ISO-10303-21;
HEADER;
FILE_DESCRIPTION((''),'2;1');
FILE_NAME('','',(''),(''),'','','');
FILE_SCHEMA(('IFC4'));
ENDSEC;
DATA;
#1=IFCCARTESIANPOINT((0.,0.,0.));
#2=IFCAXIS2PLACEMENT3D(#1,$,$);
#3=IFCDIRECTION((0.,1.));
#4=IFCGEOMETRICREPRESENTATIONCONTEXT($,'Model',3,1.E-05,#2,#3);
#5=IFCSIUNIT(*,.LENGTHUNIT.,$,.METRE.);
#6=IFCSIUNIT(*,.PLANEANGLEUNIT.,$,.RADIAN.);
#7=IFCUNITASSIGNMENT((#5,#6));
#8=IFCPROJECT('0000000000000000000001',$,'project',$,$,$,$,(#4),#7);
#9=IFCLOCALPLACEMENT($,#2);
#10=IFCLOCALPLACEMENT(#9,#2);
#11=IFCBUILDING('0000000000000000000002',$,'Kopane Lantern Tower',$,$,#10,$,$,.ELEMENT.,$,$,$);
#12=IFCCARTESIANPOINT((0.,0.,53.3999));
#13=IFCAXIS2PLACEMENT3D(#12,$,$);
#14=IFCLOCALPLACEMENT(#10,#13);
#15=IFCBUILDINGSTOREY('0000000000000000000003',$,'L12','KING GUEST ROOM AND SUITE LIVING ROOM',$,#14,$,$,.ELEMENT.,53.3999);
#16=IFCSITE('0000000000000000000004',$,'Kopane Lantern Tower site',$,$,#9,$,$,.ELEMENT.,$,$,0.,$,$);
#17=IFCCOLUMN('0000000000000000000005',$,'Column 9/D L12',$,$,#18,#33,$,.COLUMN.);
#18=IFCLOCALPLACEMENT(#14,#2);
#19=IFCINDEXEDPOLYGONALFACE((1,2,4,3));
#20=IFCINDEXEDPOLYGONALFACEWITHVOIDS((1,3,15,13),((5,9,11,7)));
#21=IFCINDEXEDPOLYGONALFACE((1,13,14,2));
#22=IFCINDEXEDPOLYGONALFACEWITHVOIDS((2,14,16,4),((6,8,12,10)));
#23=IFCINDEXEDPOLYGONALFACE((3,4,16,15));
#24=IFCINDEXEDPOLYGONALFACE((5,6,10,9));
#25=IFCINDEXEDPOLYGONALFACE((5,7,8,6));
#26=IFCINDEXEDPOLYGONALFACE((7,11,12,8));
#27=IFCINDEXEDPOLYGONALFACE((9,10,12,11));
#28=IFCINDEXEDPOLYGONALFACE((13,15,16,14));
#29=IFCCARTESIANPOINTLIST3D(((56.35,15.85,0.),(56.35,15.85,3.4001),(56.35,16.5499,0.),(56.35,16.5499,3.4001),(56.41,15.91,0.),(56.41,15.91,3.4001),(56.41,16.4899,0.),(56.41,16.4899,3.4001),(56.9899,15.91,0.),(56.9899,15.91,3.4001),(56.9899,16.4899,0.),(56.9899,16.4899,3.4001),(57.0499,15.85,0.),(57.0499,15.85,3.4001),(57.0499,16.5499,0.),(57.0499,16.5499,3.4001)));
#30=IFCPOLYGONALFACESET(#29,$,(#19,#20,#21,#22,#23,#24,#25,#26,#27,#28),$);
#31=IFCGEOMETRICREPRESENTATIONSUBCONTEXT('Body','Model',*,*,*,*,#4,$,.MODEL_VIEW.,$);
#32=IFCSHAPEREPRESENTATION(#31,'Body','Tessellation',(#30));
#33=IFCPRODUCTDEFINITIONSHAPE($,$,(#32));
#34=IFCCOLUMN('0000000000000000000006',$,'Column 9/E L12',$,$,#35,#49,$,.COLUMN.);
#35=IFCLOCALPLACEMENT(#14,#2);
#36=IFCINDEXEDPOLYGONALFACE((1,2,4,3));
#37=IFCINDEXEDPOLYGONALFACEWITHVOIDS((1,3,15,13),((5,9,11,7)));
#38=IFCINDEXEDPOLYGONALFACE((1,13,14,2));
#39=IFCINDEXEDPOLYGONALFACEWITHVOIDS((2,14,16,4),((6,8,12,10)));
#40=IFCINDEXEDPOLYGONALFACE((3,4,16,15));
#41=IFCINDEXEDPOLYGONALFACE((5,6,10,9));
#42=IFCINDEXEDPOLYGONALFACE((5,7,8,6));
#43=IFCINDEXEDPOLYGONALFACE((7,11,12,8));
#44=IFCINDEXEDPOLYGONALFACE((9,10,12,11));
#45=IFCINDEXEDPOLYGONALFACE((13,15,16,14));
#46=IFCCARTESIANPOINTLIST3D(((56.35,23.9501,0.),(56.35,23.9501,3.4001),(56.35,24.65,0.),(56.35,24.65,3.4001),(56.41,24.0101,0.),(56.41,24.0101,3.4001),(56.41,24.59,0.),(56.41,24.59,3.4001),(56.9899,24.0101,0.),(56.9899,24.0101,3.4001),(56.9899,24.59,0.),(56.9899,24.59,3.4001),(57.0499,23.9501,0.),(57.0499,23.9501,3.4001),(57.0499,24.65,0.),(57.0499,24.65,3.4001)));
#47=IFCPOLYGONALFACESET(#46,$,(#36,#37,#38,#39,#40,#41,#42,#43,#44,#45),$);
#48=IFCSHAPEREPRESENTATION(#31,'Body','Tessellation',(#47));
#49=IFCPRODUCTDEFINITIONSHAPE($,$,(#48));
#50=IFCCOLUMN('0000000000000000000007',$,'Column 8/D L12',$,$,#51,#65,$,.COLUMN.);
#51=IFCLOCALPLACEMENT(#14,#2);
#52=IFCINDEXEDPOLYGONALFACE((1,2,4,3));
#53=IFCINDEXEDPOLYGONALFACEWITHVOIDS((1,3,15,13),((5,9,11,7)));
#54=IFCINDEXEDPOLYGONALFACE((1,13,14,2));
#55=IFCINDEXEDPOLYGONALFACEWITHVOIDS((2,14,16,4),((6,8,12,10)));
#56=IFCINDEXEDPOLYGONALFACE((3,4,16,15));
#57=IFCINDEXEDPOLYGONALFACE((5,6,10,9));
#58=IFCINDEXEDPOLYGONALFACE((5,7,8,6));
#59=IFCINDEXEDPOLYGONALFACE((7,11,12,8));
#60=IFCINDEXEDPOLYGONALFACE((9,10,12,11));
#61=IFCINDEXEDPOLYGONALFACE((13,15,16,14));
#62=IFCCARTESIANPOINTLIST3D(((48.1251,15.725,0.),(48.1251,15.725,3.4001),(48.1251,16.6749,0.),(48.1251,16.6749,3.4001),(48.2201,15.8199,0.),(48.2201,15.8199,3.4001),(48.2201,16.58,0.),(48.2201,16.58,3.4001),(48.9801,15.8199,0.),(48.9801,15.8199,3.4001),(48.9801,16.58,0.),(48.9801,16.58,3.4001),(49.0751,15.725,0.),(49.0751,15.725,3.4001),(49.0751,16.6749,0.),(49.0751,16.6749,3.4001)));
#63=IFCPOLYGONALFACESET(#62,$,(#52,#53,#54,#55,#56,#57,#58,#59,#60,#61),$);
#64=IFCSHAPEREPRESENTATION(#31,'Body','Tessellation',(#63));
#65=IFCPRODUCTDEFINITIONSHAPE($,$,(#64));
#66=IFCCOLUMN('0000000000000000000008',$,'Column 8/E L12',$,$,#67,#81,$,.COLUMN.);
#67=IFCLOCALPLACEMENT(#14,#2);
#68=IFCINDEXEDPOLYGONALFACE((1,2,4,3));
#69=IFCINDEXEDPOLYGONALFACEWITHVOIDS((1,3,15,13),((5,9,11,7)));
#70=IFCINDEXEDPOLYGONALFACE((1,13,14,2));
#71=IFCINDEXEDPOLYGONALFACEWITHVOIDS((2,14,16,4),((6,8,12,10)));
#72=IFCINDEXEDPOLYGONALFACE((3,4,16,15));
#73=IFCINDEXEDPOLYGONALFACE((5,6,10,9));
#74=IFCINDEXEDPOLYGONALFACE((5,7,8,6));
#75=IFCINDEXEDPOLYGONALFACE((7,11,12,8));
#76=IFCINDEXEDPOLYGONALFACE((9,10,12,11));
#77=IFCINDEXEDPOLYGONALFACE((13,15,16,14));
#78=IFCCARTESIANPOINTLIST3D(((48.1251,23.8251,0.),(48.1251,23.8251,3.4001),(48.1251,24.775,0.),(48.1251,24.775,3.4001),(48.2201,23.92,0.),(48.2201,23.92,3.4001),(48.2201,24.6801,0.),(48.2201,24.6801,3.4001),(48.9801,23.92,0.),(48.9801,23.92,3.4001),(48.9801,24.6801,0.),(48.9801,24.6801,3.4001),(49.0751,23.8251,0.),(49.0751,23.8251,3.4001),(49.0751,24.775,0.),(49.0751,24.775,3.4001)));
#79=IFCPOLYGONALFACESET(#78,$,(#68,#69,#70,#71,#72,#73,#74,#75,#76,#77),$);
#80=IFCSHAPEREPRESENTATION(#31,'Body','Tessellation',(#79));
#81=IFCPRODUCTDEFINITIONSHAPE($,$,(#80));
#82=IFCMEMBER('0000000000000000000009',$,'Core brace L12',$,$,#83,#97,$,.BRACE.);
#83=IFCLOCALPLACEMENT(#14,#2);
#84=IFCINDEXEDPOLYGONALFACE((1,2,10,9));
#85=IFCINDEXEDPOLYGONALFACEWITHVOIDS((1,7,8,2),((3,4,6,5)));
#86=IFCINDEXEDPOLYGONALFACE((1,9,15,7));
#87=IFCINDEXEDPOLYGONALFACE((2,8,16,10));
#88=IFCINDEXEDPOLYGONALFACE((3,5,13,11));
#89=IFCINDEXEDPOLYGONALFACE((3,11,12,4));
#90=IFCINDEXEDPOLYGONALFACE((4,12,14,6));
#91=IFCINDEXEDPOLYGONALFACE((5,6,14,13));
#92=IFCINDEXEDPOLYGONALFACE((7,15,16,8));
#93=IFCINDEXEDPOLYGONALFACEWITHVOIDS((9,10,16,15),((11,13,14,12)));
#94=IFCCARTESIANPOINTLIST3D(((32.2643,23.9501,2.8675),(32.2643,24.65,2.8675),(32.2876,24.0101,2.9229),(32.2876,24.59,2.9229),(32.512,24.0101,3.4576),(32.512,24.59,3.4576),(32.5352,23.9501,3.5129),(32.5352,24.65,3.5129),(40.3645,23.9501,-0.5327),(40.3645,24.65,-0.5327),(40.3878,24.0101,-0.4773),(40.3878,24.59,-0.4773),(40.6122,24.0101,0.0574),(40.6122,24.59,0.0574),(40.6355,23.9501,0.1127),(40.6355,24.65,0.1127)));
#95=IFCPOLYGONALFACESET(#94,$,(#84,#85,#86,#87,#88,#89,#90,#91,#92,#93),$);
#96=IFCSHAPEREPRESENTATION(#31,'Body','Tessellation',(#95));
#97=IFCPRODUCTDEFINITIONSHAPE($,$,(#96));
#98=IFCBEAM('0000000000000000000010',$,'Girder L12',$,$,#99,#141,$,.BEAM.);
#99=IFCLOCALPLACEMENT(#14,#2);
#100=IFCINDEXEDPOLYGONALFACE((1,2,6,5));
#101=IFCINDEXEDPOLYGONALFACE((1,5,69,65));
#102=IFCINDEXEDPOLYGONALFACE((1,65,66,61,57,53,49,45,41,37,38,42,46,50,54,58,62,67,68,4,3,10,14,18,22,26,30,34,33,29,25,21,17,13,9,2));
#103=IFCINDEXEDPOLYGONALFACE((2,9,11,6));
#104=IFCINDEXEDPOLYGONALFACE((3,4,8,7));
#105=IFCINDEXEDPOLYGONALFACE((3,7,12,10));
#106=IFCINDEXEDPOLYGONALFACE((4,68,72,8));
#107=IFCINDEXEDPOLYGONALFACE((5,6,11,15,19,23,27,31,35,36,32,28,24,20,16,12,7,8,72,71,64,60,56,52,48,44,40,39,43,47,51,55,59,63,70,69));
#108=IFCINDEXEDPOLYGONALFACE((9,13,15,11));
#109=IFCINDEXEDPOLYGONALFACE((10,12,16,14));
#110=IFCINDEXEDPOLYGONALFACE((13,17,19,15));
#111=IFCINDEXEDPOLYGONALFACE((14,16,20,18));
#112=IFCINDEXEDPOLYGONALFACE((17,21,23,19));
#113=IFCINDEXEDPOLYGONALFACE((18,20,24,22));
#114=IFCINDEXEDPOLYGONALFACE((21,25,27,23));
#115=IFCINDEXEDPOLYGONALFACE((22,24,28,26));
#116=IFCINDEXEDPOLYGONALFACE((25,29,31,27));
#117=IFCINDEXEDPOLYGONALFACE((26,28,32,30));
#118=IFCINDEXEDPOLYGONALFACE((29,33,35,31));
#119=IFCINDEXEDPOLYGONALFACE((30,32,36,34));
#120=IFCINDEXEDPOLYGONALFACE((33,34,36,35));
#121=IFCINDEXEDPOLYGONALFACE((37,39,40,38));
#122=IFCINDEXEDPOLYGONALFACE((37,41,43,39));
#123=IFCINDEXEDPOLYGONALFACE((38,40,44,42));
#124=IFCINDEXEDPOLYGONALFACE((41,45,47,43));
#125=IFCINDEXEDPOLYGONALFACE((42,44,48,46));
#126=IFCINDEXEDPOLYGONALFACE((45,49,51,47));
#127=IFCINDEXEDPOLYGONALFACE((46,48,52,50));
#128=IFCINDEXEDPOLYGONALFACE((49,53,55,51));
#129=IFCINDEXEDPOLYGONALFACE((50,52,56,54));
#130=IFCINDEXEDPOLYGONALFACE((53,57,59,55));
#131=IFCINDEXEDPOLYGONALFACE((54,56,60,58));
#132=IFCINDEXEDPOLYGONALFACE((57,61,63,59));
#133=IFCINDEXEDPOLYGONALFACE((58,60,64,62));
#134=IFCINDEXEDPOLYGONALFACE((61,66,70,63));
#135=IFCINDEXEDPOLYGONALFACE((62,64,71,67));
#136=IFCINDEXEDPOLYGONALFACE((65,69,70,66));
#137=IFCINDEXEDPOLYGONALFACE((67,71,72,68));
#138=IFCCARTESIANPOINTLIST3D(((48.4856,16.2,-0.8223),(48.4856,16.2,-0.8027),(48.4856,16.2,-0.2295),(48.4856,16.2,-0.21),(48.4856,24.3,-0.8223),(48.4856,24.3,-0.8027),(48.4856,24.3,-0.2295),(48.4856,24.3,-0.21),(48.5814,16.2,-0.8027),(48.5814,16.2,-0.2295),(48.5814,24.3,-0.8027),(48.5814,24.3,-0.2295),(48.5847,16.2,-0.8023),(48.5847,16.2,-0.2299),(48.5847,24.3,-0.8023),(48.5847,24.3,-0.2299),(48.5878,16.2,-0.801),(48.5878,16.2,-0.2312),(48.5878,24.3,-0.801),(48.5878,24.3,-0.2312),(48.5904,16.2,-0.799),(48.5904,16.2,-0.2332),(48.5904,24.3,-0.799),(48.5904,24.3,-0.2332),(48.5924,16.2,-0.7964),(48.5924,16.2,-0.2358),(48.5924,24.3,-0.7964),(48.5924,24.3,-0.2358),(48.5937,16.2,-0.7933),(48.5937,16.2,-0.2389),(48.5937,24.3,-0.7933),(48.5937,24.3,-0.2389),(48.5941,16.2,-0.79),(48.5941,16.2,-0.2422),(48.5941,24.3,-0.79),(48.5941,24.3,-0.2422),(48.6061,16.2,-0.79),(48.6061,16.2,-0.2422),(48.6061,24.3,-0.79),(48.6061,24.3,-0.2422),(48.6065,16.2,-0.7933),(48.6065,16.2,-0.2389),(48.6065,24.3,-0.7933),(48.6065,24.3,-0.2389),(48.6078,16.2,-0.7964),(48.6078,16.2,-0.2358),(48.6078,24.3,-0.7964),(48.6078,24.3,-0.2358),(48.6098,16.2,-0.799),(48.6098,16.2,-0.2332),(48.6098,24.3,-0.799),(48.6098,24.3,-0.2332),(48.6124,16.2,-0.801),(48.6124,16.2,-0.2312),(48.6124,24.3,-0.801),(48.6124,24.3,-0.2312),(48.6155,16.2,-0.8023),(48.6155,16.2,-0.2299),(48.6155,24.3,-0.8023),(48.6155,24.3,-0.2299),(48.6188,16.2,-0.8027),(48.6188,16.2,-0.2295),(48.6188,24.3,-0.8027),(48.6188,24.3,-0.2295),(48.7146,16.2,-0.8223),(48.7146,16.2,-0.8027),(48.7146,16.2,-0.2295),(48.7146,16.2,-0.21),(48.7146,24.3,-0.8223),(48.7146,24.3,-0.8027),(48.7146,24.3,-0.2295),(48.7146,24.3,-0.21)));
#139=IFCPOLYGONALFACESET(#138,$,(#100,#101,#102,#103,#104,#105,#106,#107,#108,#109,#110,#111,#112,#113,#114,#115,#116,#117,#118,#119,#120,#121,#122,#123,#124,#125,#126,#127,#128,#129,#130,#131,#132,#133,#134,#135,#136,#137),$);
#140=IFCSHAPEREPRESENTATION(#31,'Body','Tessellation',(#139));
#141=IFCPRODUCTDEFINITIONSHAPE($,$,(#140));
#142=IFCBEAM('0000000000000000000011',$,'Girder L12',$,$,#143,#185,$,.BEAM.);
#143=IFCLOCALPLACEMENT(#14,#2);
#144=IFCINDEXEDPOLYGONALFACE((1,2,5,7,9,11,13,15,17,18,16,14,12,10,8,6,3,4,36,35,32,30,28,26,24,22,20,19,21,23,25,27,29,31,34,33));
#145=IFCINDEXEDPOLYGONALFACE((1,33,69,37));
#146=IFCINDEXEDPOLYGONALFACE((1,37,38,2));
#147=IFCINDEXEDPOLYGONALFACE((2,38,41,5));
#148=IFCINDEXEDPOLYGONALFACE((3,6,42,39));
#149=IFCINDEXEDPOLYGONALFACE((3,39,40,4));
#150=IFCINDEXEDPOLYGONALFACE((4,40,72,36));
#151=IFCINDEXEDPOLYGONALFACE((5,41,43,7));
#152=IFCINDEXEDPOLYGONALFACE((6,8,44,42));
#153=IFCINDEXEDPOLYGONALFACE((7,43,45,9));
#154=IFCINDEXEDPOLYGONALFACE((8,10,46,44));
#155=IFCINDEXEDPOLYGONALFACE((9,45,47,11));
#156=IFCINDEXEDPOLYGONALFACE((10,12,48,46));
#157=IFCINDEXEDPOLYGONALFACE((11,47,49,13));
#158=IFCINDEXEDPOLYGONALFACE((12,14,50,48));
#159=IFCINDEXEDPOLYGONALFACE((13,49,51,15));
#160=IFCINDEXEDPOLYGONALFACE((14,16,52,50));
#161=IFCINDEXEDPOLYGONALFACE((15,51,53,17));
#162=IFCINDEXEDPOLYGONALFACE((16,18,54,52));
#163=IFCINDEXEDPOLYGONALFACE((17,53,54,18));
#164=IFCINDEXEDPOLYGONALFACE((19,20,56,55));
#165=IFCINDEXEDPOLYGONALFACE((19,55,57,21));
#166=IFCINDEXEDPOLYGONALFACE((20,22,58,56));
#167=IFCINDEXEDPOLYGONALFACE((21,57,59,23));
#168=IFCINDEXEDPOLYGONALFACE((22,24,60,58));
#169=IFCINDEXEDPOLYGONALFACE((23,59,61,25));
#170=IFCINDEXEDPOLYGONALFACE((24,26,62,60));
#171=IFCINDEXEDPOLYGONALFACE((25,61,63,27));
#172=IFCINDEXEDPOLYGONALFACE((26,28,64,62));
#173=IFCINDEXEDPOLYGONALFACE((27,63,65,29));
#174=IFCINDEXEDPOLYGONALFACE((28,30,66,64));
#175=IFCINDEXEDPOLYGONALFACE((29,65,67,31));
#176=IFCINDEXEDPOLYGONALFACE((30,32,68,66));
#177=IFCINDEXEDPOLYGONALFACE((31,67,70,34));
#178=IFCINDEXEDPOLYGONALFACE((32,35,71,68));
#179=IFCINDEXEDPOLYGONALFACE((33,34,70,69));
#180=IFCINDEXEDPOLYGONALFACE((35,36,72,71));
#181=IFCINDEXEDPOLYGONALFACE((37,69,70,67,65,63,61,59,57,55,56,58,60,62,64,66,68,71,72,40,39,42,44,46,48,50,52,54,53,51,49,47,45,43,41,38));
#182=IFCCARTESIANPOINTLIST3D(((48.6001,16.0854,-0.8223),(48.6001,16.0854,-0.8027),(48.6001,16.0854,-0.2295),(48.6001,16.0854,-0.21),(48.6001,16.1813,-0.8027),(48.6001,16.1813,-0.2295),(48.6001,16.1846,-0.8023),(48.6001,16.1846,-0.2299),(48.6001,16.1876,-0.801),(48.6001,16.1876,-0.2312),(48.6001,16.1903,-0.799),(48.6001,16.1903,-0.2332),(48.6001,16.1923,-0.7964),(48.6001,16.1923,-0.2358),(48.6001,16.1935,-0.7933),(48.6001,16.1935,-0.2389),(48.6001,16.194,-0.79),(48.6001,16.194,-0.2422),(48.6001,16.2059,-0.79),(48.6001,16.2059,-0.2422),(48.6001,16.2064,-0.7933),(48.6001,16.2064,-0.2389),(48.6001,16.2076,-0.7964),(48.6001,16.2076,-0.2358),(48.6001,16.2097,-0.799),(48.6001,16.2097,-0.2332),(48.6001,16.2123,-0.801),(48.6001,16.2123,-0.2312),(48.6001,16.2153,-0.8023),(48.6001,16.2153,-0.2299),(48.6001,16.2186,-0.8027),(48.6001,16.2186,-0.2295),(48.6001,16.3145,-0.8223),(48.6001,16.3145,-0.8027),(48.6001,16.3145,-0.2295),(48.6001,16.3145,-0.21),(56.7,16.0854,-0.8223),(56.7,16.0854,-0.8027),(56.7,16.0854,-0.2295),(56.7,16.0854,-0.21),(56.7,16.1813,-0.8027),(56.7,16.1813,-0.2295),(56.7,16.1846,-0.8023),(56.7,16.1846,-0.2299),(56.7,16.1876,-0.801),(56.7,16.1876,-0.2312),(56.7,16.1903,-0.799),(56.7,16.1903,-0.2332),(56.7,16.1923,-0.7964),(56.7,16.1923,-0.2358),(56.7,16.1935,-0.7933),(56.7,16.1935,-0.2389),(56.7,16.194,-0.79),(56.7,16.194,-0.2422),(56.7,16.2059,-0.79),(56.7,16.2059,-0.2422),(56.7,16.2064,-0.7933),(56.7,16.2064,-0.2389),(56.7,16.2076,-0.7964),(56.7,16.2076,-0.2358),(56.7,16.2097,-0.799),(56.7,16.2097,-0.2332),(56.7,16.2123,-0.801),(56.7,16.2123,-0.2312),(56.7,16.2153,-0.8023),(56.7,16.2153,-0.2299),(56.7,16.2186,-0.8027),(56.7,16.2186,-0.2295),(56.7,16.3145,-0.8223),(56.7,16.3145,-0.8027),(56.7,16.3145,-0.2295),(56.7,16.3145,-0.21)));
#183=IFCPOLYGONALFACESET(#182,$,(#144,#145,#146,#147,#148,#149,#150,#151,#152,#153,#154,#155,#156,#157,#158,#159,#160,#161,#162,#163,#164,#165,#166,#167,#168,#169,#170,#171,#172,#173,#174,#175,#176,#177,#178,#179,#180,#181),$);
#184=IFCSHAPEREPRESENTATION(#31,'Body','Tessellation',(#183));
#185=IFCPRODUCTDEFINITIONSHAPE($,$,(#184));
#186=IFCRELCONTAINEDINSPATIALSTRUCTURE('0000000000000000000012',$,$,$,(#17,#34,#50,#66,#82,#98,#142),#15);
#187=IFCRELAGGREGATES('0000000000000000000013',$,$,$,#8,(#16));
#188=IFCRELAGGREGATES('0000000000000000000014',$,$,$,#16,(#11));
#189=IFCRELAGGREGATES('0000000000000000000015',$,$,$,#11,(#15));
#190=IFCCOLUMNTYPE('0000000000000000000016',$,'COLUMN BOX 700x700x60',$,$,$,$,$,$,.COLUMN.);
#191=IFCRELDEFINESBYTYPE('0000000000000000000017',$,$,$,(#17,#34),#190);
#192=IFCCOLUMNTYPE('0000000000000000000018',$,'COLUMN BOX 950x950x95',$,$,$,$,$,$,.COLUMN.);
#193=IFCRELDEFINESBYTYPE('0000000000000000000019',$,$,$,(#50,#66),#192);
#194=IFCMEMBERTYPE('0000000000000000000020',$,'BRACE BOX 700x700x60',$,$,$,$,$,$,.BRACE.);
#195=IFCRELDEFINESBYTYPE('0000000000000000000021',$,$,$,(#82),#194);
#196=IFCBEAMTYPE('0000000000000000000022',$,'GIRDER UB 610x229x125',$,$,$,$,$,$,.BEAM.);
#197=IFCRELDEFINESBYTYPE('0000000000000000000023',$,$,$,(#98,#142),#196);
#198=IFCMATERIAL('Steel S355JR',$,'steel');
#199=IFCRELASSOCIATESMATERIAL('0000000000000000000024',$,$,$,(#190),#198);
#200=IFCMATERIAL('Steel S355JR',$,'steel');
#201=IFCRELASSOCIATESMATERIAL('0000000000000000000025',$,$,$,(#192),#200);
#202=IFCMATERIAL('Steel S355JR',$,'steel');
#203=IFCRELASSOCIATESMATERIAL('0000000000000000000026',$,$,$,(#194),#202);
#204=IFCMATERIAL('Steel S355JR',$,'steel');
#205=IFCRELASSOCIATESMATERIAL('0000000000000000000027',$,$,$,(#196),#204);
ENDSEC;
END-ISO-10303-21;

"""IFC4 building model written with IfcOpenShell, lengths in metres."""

from ifc_helpers import new_model, si_unit, direction, frame, origin, origin_2d, place, context, subcontext, project, spatial, hollow_rectangle, i_section, extrude, material, material_profile, profile_set, type_object, element, save


model = new_model("IFC4")

# Units and contexts
model_context = context("Model", 3, precision=1e-05, world=origin(), true_north=direction((0.0, 1.0)))
body_context = subcontext(model_context, "Body", "Model", "MODEL_VIEW")
ifc_project = project(units=[si_unit("LENGTHUNIT", "METRE"), si_unit("PLANEANGLEUNIT", "RADIAN")], contexts=[model_context])

# Site, building, storey
site_placement = place(None, origin())
site = spatial("IfcSite", under=ifc_project, at=site_placement, Name="Kopane Lantern Tower site", CompositionType="ELEMENT", RefElevation=0.0)
building_placement = place(site_placement, origin())
building = spatial("IfcBuilding", under=site, at=building_placement, Name="Kopane Lantern Tower", CompositionType="ELEMENT")
storey_placement = place(building_placement, frame((0.0, 0.0, 53.3999)))
storey = spatial("IfcBuildingStorey", under=building, at=storey_placement, Name="L12", Description="KING GUEST ROOM AND SUITE LIVING ROOM", CompositionType="ELEMENT", Elevation=53.3999)

# Columns
ifc_material_1 = material(Name="Steel S355JR", Category="steel")
ifc_material_profile_1 = material_profile(ifc_material_1, hollow_rectangle(XDim=0.7, YDim=0.7, WallThickness=0.0601, at=origin_2d()), Name="BOX 700x700x60")
ifc_profile_set_1 = profile_set([ifc_material_profile_1], Name="Steel S355JR")
column_type_1 = type_object("IfcColumnType", Name="COLUMN BOX 700x700x60", PredefinedType="COLUMN", material=ifc_profile_set_1)
for number, where, z_axis, x_axis, name in (
    (1, (56.7, 16.2, 0.0), (0.0, 0.0, 1.0), (1.0, 0.0, 0.0), "Column 9/D L12"),
    (2, (56.7, 24.3, 0.0), (0.0, 0.0, 1.0), (1.0, 0.0, 0.0), "Column 9/E L12"),
):
    element("IfcColumn", number, at=place(storey_placement, frame(where, z_axis=z_axis, x_axis=x_axis)), inside=storey, type_object=column_type_1, Name=name, PredefinedType="COLUMN", context=body_context, shape_type="SweptSolid", body=[
        extrude(hollow_rectangle(XDim=0.7, YDim=0.7, WallThickness=0.0601, at=origin_2d()), origin(), (0.0, 0.0, 1.0), 3.4001),
    ])
ifc_material_2 = material(Name="Steel S355JR", Category="steel")
ifc_material_profile_2 = material_profile(ifc_material_2, hollow_rectangle(XDim=0.95, YDim=0.95, WallThickness=0.095, at=origin_2d()), Name="BOX 950x950x95")
ifc_profile_set_2 = profile_set([ifc_material_profile_2], Name="Steel S355JR")
column_type_2 = type_object("IfcColumnType", Name="COLUMN BOX 950x950x95", PredefinedType="COLUMN", material=ifc_profile_set_2)
for number, where, z_axis, x_axis, name in (
    (3, (48.6001, 16.2, 0.0), (0.0, 0.0, 1.0), (1.0, 0.0, 0.0), "Column 8/D L12"),
    (4, (48.6001, 24.3, 0.0), (0.0, 0.0, 1.0), (1.0, 0.0, 0.0), "Column 8/E L12"),
):
    element("IfcColumn", number, at=place(storey_placement, frame(where, z_axis=z_axis, x_axis=x_axis)), inside=storey, type_object=column_type_2, Name=name, PredefinedType="COLUMN", context=body_context, shape_type="SweptSolid", body=[
        extrude(hollow_rectangle(XDim=0.95, YDim=0.95, WallThickness=0.095, at=origin_2d()), origin(), (0.0, 0.0, 1.0), 3.4001),
    ])

# Member
ifc_material_3 = material(Name="Steel S355JR", Category="steel")
ifc_material_profile_3 = material_profile(ifc_material_3, hollow_rectangle(XDim=0.7, YDim=0.7, WallThickness=0.0601, at=origin_2d()), Name="BOX 700x700x60")
ifc_profile_set_3 = profile_set([ifc_material_profile_3], Name="Steel S355JR")
member_type = type_object("IfcMemberType", Name="BRACE BOX 700x700x60", PredefinedType="BRACE", material=ifc_profile_set_3)
member_placement = place(storey_placement, frame((40.5, 24.3, -0.21), z_axis=(-0.922059, 0.0, 0.387049), x_axis=(0.0, -1.0, 0.0)))
element("IfcMember", 5, at=member_placement, inside=storey, type_object=member_type, Name="Core brace L12", PredefinedType="BRACE", context=body_context, shape_type="SweptSolid", body=[
    extrude(hollow_rectangle(XDim=0.7, YDim=0.7, WallThickness=0.0601, at=origin_2d()), origin(), (0.0, 0.0, 1.0), 8.7849),
])

# Beams
ifc_material_4 = material(Name="Steel S355JR", Category="steel")
ifc_material_profile_4 = material_profile(ifc_material_4, i_section(OverallWidth=0.229, OverallDepth=0.6123, WebThickness=0.012, FlangeThickness=0.0195, FilletRadius=0.0127, at=origin_2d()), Name="UB 610x229x125")
ifc_profile_set_4 = profile_set([ifc_material_profile_4], Name="Steel S355JR")
beam_type = type_object("IfcBeamType", Name="GIRDER UB 610x229x125", PredefinedType="BEAM", material=ifc_profile_set_4)
beam_1_placement = place(storey_placement, frame((48.6001, 16.2, -0.5161), z_axis=(0.0, 1.0, 0.0), x_axis=(-1.0, 0.0, 0.0)))
element("IfcBeam", 6, at=beam_1_placement, inside=storey, type_object=beam_type, Name="Girder L12", PredefinedType="BEAM", context=body_context, shape_type="SweptSolid", body=[
    extrude(i_section(OverallWidth=0.229, OverallDepth=0.6123, WebThickness=0.012, FlangeThickness=0.0195, FilletRadius=0.0127, at=origin_2d()), origin(), (0.0, 0.0, 1.0), 8.1001),
])
for number, where, z_axis, x_axis, name in (
    (7, (48.6001, 16.2, -0.5161), (1.0, 0.0, 0.0), (0.0, 1.0, 0.0), "Girder L12"),
):
    element("IfcBeam", number, at=place(storey_placement, frame(where, z_axis=z_axis, x_axis=x_axis)), inside=storey, type_object=beam_type, Name=name, PredefinedType="BEAM", context=body_context, shape_type="SweptSolid", body=[
        extrude(i_section(OverallWidth=0.229, OverallDepth=0.6123, WebThickness=0.012, FlangeThickness=0.0195, FilletRadius=0.0127, at=origin_2d()), origin(), (0.0, 0.0, 1.0), 8.0999),
    ])

save(model, "model.ifc")
